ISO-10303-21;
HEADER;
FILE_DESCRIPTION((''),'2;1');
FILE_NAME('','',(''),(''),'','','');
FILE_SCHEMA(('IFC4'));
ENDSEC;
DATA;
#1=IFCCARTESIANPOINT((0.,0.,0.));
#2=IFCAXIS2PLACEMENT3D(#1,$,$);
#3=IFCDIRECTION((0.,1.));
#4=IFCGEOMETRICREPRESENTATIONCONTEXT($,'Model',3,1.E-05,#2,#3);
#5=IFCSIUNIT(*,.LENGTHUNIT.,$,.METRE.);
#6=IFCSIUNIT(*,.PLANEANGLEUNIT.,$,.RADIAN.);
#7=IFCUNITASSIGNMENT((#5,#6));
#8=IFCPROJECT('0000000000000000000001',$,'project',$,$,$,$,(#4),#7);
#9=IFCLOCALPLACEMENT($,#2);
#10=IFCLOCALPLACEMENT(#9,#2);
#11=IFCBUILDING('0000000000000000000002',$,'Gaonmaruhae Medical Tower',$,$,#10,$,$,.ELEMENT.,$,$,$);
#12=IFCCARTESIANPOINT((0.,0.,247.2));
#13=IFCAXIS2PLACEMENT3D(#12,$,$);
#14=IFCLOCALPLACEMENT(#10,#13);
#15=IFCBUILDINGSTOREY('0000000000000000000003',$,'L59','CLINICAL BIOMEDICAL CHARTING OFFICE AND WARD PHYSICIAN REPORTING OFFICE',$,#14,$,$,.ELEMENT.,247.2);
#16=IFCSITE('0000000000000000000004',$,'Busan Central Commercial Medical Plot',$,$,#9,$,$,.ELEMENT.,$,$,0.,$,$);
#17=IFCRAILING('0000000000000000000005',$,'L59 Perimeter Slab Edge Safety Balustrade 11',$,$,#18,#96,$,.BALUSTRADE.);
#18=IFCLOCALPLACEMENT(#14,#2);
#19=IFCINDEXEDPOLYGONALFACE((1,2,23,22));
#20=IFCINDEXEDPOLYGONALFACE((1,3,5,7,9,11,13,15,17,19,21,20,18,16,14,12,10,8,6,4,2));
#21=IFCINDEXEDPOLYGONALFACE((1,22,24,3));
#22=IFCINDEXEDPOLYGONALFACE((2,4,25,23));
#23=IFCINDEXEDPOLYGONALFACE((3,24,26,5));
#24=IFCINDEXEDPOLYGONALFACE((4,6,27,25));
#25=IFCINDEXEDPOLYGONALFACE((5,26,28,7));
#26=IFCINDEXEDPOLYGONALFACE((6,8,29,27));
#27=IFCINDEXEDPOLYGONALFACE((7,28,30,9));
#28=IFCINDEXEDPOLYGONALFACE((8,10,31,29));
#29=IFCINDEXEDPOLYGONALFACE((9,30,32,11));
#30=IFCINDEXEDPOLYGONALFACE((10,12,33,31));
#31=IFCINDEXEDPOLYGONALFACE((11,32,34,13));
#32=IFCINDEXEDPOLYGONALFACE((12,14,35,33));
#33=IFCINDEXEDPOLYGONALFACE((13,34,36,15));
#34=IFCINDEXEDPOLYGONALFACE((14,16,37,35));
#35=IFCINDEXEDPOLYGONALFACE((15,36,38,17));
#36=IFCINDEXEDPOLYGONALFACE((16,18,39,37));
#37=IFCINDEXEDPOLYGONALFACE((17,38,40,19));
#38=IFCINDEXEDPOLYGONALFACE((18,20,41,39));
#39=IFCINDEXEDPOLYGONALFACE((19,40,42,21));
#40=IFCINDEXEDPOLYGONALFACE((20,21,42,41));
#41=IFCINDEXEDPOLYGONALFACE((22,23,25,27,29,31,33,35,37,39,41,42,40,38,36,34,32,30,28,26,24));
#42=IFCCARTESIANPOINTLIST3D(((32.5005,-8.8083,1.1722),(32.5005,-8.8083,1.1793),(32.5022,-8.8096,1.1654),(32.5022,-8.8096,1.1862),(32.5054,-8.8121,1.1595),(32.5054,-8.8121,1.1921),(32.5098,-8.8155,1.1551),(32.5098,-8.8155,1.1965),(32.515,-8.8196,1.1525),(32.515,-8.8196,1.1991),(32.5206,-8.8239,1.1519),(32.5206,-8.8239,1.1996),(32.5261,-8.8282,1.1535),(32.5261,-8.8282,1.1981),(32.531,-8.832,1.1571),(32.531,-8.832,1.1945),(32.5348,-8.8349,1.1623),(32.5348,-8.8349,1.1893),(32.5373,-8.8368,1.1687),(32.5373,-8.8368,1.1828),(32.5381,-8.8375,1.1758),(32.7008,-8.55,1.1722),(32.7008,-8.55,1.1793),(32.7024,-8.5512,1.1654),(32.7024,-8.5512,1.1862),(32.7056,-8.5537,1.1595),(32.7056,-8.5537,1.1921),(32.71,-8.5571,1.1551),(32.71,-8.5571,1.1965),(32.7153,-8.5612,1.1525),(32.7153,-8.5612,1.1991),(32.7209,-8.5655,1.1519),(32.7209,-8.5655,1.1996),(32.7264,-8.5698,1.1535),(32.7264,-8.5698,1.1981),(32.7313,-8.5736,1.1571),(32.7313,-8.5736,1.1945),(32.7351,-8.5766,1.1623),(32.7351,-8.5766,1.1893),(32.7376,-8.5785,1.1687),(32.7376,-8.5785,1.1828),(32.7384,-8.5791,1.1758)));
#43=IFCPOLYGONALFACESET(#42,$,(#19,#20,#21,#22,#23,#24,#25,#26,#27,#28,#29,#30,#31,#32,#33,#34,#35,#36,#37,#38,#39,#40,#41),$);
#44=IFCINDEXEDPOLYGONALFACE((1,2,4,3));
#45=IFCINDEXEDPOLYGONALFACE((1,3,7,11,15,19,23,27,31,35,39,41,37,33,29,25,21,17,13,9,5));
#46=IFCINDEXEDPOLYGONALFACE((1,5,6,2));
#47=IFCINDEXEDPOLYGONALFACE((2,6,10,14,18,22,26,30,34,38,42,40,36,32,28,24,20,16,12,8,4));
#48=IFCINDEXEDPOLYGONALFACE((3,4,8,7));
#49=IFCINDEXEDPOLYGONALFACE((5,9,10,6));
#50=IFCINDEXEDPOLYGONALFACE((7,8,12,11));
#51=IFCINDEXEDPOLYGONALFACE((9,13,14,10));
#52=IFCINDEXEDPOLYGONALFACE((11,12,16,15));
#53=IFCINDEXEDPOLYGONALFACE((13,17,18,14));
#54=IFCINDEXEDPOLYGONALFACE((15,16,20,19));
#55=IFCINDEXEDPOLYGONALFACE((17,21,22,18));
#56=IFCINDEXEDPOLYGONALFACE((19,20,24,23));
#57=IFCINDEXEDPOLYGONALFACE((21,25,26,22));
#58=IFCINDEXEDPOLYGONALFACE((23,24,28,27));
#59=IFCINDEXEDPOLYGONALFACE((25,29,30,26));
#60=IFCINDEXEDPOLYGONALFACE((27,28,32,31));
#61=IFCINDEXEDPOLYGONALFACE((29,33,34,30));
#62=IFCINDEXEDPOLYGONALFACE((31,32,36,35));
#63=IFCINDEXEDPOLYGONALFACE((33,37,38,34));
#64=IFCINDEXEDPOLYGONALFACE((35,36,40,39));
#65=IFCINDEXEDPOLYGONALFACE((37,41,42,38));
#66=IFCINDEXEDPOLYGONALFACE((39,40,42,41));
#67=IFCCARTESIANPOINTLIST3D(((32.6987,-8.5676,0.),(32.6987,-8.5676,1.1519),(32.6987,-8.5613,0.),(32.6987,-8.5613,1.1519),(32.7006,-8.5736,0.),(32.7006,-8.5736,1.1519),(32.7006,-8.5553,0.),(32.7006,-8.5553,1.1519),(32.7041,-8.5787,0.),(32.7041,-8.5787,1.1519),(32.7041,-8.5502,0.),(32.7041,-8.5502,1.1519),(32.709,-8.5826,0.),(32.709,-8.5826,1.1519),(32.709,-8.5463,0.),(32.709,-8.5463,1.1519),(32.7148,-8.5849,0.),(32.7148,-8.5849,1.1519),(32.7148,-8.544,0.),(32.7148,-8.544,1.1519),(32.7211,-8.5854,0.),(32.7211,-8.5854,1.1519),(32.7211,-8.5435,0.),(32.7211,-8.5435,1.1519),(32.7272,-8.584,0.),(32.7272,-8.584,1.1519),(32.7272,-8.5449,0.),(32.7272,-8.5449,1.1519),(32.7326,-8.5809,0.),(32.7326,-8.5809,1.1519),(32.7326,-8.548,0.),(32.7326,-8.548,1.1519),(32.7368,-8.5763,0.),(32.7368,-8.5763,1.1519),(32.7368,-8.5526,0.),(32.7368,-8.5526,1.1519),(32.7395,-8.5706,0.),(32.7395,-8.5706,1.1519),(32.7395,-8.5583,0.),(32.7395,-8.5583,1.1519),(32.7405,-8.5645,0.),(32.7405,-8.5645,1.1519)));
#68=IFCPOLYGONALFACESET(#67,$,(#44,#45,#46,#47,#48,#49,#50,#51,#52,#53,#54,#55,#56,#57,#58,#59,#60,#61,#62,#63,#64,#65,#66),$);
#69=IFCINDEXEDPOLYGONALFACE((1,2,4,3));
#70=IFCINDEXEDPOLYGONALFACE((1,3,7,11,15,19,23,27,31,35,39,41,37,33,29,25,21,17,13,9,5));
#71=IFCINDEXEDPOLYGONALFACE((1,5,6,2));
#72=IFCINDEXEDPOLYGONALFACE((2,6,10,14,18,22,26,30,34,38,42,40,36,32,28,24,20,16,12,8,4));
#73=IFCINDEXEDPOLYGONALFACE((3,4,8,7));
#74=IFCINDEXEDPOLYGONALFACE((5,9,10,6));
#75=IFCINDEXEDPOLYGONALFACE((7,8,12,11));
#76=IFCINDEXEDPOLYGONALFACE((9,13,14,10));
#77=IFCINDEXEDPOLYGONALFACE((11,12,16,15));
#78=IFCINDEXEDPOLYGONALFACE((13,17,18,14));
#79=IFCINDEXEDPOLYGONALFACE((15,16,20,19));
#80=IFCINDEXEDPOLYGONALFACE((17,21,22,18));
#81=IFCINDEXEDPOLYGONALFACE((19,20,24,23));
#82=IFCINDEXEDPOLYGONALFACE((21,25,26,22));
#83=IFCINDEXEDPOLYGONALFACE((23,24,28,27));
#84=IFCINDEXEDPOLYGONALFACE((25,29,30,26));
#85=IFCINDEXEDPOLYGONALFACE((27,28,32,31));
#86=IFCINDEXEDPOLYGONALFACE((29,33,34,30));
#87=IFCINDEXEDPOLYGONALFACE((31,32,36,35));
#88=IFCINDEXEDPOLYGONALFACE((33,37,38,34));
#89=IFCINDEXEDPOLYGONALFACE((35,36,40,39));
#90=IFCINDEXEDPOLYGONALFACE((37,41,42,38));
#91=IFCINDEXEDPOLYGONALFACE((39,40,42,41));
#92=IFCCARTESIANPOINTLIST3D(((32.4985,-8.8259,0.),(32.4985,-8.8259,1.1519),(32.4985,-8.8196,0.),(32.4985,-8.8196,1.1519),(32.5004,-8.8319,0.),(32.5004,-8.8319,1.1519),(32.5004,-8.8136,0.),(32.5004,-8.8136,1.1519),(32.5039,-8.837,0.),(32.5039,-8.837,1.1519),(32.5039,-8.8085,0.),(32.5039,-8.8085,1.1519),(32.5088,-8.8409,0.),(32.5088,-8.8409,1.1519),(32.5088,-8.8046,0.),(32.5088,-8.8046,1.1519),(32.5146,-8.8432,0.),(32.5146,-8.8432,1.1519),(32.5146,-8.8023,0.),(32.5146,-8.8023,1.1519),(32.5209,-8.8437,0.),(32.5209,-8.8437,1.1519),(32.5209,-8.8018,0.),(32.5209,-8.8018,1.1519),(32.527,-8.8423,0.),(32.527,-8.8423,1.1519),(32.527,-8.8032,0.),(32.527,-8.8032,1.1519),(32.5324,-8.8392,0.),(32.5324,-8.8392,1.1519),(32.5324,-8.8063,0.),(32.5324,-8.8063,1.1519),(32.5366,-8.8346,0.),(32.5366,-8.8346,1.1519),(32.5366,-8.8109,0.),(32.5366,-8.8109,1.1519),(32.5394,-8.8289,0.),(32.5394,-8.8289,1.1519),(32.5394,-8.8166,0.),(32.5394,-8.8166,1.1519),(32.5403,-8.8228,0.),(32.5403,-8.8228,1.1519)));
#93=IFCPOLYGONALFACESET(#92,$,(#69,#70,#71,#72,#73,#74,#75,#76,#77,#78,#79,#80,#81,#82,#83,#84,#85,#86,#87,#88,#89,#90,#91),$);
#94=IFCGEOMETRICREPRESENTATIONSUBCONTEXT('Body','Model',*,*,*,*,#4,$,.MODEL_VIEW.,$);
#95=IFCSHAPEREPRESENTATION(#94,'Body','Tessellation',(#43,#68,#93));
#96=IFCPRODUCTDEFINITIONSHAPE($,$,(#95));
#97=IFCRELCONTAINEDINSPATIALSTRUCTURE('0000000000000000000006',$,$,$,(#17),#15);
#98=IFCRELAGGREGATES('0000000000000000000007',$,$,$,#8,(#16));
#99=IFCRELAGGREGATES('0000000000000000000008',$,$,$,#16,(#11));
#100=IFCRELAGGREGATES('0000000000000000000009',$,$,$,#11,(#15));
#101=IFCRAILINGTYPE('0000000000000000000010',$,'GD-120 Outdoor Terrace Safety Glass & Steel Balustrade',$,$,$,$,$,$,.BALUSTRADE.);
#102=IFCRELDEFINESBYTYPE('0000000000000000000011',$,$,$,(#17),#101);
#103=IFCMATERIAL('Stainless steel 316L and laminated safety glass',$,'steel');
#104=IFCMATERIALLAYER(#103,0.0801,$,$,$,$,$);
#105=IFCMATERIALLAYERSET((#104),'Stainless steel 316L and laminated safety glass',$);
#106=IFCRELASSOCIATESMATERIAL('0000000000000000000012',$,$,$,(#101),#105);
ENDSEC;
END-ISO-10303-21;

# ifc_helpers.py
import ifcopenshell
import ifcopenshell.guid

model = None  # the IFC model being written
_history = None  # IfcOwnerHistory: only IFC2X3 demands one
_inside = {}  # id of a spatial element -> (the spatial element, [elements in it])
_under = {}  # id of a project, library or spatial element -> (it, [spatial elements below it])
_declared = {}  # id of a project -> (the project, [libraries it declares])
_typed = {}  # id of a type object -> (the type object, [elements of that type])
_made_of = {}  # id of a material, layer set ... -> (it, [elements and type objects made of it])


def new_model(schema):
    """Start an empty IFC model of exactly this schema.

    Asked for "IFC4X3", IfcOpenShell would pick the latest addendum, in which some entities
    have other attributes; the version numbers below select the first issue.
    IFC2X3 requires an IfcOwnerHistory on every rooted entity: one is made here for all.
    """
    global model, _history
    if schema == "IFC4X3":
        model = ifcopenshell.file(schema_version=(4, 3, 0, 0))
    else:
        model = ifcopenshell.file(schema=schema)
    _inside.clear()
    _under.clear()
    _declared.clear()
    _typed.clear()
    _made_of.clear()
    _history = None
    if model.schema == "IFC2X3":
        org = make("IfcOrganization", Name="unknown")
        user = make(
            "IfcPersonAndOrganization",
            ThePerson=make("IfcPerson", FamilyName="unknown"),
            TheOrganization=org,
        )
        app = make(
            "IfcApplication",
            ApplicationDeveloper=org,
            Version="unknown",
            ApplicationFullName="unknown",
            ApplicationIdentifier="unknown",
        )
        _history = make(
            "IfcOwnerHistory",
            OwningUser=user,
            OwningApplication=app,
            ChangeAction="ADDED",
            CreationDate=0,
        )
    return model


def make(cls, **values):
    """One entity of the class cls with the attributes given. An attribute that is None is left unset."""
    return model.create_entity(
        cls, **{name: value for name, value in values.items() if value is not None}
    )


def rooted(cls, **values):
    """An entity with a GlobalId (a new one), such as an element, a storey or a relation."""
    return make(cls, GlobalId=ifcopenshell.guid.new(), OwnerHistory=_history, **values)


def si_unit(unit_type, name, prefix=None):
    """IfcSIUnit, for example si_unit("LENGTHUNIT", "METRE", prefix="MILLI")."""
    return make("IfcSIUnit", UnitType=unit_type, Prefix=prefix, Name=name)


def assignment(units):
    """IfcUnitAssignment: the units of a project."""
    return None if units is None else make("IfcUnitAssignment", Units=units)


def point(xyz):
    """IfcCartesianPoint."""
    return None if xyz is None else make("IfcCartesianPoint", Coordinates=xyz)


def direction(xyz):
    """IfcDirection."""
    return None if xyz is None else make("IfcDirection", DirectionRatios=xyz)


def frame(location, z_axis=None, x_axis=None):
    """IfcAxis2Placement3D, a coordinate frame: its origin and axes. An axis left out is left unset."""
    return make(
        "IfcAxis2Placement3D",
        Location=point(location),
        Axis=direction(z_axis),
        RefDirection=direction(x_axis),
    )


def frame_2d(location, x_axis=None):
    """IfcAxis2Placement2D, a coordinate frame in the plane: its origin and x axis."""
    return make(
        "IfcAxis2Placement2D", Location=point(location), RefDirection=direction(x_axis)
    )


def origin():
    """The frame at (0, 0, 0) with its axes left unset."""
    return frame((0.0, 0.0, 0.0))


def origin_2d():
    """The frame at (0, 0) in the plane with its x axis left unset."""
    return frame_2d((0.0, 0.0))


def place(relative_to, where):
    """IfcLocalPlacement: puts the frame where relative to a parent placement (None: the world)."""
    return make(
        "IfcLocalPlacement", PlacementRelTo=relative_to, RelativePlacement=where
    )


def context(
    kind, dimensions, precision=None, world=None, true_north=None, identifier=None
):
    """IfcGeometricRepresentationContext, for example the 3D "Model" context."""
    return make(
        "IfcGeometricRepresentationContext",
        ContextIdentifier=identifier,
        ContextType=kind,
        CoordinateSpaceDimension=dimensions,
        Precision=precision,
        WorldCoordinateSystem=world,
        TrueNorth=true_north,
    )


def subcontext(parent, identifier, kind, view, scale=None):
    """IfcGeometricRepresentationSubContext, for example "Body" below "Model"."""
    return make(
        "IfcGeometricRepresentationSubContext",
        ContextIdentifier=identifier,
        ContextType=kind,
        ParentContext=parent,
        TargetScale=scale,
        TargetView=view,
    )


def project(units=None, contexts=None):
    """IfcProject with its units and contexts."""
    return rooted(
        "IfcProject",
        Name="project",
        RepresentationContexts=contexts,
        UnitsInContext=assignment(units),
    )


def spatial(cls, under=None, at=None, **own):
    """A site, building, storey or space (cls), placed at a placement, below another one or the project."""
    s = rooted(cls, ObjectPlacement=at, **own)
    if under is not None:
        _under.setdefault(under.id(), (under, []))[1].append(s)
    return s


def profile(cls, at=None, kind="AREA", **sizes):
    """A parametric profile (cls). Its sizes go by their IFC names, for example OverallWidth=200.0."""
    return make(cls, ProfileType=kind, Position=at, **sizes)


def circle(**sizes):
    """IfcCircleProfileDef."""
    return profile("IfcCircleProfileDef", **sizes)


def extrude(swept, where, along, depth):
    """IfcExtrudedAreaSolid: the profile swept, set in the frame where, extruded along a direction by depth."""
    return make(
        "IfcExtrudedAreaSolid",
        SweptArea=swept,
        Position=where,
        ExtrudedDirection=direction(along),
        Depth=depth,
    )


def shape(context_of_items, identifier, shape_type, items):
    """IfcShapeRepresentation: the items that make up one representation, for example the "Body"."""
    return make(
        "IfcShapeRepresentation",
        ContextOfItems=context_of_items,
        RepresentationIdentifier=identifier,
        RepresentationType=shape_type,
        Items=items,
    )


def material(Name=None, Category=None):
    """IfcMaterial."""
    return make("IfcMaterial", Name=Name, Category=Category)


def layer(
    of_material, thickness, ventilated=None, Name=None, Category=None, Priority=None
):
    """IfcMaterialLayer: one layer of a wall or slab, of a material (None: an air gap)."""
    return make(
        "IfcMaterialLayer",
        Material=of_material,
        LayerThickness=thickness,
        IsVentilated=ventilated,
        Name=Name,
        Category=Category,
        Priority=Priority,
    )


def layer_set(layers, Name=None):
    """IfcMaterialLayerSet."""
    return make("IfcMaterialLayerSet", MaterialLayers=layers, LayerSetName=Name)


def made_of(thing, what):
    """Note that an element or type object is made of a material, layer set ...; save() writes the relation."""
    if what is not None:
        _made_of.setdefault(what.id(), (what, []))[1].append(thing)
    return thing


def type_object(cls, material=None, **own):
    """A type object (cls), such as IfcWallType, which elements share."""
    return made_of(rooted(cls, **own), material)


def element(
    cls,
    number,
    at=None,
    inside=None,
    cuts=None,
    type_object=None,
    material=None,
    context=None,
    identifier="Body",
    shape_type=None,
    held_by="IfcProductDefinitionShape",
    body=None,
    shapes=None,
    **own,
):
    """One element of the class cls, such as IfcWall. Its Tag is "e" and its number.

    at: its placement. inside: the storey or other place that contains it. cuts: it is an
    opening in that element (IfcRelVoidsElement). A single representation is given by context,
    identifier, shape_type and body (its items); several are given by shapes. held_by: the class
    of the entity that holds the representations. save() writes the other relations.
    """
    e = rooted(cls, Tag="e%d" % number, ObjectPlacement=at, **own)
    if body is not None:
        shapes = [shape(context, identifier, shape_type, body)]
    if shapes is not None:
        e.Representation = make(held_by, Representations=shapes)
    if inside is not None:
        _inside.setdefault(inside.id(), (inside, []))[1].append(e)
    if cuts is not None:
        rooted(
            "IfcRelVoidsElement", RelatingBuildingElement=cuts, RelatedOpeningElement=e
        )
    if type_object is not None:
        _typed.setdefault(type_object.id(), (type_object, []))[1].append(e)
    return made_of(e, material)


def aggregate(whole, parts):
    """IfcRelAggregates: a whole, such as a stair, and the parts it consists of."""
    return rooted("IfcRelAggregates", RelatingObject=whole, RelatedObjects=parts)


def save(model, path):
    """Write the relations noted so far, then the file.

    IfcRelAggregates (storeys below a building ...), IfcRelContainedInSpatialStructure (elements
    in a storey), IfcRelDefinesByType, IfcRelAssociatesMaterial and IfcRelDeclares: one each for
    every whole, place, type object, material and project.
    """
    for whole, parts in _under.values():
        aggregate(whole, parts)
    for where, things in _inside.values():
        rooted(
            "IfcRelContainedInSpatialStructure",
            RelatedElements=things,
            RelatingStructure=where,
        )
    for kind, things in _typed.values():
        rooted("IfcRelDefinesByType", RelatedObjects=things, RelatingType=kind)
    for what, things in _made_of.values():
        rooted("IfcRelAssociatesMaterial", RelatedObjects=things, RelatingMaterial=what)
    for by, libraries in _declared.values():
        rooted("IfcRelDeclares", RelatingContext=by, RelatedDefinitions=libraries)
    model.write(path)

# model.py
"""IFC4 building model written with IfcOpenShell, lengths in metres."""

from ifc_helpers import new_model, si_unit, direction, frame, origin, origin_2d, place, context, subcontext, project, spatial, circle, extrude, material, layer, layer_set, type_object, element, save


model = new_model("IFC4")

# Units and contexts
model_context = context("Model", 3, precision=1e-05, world=origin(), true_north=direction((0.0, 1.0)))
body_context = subcontext(model_context, "Body", "Model", "MODEL_VIEW")
ifc_project = project(units=[si_unit("LENGTHUNIT", "METRE"), si_unit("PLANEANGLEUNIT", "RADIAN")], contexts=[model_context])

# Site, building, storey
site_placement = place(None, origin())
site = spatial("IfcSite", under=ifc_project, at=site_placement, Name="Busan Central Commercial Medical Plot", CompositionType="ELEMENT", RefElevation=0.0)
building_placement = place(site_placement, origin())
building = spatial("IfcBuilding", under=site, at=building_placement, Name="Gaonmaruhae Medical Tower", CompositionType="ELEMENT")
storey_placement = place(building_placement, frame((0.0, 0.0, 247.2)))
storey = spatial("IfcBuildingStorey", under=building, at=storey_placement, Name="L59", Description="CLINICAL BIOMEDICAL CHARTING OFFICE AND WARD PHYSICIAN REPORTING OFFICE", CompositionType="ELEMENT", Elevation=247.2)

# Railing
ifc_material_1 = material(Name="Stainless steel 316L and laminated safety glass", Category="steel")
ifc_layer_1 = layer(ifc_material_1, 0.0801)
ifc_layer_set_1 = layer_set([ifc_layer_1], Name="Stainless steel 316L and laminated safety glass")
railing_type = type_object("IfcRailingType", Name="GD-120 Outdoor Terrace Safety Glass & Steel Balustrade", PredefinedType="BALUSTRADE", material=ifc_layer_set_1)
railing_1_placement = place(storey_placement, frame((32.7195, -8.5645, 0.0)))
element("IfcRailing", 1, at=railing_1_placement, inside=storey, type_object=railing_type, Name="L59 Perimeter Slab Edge Safety Balustrade 11", PredefinedType="BALUSTRADE", context=body_context, shape_type="SweptSolid", body=[
    extrude(circle(Radius=0.0239, at=origin_2d()), frame((0.0, 0.0, 1.1758), z_axis=(-0.612595, -0.790397, 0.0), x_axis=(0.790397, -0.612595, 0.0)), (0.0, 0.0, 1.0), 0.3269),
    extrude(circle(Radius=0.021, at=origin_2d()), origin(), (0.0, 0.0, 1.0), 1.1519),
    extrude(circle(Radius=0.021, at=origin_2d()), frame((-0.2002, -0.2583, 0.0)), (0.0, 0.0, 1.0), 1.1519),
])

save(model, "model.ifc")
